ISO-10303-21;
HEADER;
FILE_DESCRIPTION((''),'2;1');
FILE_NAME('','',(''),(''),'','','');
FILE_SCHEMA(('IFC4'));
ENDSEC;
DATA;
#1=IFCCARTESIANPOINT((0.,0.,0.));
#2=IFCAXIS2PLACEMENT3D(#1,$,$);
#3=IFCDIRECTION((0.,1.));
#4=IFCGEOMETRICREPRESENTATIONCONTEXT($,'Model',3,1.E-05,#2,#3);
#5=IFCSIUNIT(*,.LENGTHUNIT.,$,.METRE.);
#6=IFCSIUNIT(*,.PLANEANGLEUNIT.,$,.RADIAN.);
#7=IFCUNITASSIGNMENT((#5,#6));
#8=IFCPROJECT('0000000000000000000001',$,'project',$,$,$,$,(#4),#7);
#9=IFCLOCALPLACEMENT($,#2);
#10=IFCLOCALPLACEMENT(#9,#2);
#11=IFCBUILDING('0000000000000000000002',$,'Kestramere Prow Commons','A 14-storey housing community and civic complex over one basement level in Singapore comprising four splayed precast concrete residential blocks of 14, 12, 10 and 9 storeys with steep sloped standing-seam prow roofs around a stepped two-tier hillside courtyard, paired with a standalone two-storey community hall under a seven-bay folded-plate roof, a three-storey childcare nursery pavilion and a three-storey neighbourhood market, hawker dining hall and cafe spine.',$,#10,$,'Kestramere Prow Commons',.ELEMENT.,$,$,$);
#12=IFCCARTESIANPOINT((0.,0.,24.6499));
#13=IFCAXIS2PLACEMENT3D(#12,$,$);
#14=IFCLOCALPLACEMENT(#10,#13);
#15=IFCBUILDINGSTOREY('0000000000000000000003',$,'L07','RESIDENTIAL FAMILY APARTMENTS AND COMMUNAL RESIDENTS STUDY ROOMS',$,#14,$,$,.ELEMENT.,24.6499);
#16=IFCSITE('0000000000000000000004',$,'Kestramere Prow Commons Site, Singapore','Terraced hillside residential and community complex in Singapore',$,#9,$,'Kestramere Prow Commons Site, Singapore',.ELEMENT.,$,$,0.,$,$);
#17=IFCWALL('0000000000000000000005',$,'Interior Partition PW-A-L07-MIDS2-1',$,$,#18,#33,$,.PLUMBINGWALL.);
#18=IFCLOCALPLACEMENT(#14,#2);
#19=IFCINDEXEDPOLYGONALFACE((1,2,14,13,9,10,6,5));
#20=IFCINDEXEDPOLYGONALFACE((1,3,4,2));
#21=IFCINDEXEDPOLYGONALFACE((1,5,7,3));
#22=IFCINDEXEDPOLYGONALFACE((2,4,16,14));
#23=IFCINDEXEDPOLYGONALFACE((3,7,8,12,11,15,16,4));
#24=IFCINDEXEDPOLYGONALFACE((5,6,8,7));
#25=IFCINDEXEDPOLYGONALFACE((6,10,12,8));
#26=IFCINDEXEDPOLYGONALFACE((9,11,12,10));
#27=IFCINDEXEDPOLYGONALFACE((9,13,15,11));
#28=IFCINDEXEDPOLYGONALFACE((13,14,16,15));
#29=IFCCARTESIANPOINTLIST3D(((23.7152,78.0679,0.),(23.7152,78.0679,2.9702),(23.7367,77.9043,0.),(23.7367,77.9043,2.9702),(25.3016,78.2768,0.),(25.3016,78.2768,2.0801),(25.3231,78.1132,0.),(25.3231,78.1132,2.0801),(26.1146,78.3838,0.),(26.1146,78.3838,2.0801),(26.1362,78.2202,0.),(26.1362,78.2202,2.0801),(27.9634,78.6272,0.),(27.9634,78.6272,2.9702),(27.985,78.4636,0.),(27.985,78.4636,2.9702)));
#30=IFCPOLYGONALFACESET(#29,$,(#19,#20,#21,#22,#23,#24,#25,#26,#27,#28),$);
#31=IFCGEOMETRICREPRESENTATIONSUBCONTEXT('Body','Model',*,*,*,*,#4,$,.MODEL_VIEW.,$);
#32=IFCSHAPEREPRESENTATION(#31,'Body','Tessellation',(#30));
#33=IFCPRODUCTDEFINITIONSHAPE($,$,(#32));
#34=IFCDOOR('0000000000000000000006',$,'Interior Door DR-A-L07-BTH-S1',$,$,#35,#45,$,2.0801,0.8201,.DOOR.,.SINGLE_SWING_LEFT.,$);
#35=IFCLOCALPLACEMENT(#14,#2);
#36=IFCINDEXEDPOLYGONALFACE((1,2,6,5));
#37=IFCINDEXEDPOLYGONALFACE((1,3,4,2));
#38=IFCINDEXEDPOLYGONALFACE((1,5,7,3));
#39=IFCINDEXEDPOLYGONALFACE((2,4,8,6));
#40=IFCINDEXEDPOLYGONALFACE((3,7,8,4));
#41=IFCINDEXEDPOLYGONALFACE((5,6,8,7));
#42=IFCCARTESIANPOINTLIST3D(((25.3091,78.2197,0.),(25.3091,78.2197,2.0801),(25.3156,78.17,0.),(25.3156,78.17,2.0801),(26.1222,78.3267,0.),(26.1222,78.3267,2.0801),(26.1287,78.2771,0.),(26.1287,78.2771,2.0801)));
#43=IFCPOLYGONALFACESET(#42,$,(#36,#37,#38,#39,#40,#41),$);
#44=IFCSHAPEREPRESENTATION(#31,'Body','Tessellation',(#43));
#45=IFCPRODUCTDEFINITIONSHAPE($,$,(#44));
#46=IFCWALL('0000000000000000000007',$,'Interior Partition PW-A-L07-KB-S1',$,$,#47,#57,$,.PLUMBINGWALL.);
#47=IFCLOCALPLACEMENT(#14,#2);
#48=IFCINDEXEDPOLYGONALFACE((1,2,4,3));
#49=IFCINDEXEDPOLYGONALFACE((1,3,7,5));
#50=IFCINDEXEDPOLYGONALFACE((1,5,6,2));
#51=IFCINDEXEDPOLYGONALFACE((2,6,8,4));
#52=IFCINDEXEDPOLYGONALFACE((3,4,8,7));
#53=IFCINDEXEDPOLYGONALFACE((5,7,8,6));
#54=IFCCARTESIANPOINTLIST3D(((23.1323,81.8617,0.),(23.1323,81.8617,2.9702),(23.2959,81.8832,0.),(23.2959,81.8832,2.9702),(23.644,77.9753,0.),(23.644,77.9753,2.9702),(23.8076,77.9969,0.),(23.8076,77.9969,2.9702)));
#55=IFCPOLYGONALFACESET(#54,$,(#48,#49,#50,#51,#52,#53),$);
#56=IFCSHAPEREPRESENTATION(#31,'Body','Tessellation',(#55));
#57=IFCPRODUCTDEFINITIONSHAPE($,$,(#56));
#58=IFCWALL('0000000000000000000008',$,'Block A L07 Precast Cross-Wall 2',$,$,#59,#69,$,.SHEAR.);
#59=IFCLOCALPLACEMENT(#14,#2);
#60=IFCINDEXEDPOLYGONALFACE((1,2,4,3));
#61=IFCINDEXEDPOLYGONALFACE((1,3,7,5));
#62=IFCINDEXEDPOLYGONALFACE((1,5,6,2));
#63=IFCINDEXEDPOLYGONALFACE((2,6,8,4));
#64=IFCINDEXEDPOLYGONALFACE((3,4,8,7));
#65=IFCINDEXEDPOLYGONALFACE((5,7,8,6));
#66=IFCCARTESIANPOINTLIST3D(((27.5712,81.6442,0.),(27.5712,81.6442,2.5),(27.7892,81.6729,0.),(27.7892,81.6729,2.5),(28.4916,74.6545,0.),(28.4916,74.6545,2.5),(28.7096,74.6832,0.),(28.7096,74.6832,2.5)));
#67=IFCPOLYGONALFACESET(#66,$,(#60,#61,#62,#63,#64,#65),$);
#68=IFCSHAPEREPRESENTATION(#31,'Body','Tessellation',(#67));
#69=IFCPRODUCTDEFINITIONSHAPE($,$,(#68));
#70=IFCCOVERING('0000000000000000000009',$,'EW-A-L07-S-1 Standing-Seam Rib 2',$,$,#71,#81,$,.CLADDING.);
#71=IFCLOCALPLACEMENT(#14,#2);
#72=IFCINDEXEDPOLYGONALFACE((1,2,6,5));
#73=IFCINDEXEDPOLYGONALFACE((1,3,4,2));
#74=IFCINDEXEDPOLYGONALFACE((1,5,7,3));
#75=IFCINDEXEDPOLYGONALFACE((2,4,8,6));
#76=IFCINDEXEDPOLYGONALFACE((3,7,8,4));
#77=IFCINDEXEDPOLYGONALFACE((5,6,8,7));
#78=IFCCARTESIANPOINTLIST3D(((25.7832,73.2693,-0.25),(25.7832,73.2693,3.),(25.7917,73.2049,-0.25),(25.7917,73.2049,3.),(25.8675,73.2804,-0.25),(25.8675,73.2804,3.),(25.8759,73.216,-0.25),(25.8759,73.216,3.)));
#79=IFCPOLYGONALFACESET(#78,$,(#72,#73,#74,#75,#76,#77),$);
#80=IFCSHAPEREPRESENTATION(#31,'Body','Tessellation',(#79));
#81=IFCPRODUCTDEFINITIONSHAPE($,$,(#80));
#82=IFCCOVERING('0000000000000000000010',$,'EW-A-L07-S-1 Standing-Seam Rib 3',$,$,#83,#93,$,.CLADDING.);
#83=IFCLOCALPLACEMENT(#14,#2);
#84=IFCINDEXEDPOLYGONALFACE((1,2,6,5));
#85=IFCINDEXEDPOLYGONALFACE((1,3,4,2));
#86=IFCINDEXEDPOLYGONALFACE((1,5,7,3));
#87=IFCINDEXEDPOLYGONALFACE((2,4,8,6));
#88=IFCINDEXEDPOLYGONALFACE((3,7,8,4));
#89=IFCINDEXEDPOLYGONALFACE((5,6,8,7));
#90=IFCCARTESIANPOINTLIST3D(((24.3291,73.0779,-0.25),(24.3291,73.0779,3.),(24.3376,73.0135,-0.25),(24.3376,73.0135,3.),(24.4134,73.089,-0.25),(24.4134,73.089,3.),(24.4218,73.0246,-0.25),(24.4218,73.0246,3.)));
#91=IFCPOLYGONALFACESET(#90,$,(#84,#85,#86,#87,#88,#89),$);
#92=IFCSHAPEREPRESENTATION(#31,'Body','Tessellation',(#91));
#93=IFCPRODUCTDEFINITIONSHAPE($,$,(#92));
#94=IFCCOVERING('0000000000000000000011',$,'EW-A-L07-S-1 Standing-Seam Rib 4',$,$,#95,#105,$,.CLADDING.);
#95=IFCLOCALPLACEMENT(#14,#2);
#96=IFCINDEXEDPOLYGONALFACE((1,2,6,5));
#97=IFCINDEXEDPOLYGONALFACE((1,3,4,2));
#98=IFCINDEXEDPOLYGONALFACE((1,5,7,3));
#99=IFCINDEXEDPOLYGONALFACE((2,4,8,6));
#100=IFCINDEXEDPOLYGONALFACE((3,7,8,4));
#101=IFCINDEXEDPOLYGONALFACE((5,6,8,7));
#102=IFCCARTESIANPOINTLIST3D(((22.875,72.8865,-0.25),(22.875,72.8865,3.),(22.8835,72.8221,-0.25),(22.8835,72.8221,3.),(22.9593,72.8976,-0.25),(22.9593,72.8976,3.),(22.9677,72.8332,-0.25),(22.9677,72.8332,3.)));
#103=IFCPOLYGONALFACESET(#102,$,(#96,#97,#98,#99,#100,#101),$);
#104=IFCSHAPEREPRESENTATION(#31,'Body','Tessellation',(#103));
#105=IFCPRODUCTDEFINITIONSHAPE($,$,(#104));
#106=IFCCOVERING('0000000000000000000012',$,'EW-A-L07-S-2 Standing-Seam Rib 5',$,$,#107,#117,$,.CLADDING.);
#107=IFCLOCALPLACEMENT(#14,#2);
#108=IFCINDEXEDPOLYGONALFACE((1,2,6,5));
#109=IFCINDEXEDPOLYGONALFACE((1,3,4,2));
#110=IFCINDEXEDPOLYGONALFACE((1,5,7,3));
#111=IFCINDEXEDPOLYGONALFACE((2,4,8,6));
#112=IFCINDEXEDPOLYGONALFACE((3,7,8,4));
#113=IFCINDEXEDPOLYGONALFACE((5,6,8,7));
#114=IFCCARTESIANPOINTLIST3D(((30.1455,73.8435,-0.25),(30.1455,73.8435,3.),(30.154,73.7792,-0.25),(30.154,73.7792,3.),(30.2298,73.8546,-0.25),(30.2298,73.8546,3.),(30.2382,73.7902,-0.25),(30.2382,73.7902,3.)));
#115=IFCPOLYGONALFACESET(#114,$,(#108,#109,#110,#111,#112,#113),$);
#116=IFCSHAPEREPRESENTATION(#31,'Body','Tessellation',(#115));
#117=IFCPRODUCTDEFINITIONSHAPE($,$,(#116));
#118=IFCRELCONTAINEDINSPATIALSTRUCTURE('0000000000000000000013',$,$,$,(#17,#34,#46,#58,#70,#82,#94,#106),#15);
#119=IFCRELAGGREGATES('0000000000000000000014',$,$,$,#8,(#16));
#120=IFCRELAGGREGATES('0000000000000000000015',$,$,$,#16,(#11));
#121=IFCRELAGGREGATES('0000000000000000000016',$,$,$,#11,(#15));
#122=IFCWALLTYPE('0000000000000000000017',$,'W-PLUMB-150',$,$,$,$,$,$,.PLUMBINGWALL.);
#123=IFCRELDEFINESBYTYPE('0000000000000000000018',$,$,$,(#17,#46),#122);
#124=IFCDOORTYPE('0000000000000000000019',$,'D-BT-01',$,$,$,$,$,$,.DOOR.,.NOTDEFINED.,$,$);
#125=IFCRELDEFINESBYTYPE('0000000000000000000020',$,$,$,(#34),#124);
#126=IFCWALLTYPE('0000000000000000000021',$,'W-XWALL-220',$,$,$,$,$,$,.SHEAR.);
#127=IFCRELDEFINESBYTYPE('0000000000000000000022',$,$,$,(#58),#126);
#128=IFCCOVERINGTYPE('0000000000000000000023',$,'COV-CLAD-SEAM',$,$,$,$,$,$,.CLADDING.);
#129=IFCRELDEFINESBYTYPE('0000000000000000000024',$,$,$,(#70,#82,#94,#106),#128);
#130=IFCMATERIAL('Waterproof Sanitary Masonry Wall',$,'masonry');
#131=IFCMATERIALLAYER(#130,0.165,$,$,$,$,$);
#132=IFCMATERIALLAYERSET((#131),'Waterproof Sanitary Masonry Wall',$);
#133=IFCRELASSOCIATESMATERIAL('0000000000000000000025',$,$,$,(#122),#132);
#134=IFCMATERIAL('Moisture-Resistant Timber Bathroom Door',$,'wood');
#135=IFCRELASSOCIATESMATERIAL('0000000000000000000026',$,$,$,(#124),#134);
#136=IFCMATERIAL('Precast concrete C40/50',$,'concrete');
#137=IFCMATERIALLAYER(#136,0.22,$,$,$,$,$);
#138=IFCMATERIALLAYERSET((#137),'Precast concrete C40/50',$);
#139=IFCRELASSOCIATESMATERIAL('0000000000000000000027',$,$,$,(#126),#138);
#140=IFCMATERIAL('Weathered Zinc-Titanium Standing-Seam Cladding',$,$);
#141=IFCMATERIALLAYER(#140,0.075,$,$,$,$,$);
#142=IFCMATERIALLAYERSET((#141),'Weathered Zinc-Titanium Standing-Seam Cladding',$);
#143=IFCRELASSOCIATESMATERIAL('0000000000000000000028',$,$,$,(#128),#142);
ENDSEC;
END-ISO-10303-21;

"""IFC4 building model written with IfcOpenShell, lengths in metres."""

from ifc_helpers import new_model, si_unit, direction, frame, frame_2d, origin, origin_2d, place, context, subcontext, project, spatial, rectangle, extrude, material, layer, layer_set, type_object, element, fill, save


model = new_model("IFC4")

# Units and contexts
model_context = context("Model", 3, precision=1e-05, world=origin(), true_north=direction((0.0, 1.0)))
body_context = subcontext(model_context, "Body", "Model", "MODEL_VIEW")
ifc_project = project(units=[si_unit("LENGTHUNIT", "METRE"), si_unit("PLANEANGLEUNIT", "RADIAN")], contexts=[model_context])

# Site, building, storey
site_placement = place(None, origin())
site = spatial("IfcSite", under=ifc_project, at=site_placement, Name="Kestramere Prow Commons Site, Singapore", Description="Terraced hillside residential and community complex in Singapore", LongName="Kestramere Prow Commons Site, Singapore", CompositionType="ELEMENT", RefElevation=0.0)
building_placement = place(site_placement, origin())
building = spatial("IfcBuilding", under=site, at=building_placement, Name="Kestramere Prow Commons", Description="A 14-storey housing community and civic complex over one basement level in Singapore comprising four splayed precast concrete residential blocks of 14, 12, 10 and 9 storeys with steep sloped standing-seam prow roofs around a stepped two-tier hillside courtyard, paired with a standalone two-storey community hall under a seven-bay folded-plate roof, a three-storey childcare nursery pavilion and a three-storey neighbourhood market, hawker dining hall and cafe spine.", LongName="Kestramere Prow Commons", CompositionType="ELEMENT")
storey_placement = place(building_placement, frame((0.0, 0.0, 24.6499)))
storey = spatial("IfcBuildingStorey", under=building, at=storey_placement, Name="L07", Description="RESIDENTIAL FAMILY APARTMENTS AND COMMUNAL RESIDENTS STUDY ROOMS", CompositionType="ELEMENT", Elevation=24.6499)

# Shared definitions
ifc_material_1 = material(Name="Precast concrete C40/50", Category="concrete")

# Wall, opening, door
ifc_material_2 = material(Name="Waterproof Sanitary Masonry Wall", Category="masonry")
ifc_layer_1 = layer(ifc_material_2, 0.165)
ifc_layer_set_1 = layer_set([ifc_layer_1], Name="Waterproof Sanitary Masonry Wall")
wall_type_1 = type_object("IfcWallType", Name="W-PLUMB-150", PredefinedType="PLUMBINGWALL", material=ifc_layer_set_1)
wall_1_placement = place(storey_placement, frame((23.7258, 77.9861, 0.0), z_axis=(0.0, 0.0, 1.0), x_axis=(0.991444, 0.130533, 0.0)))
wall_1 = element("IfcWall", 1, at=wall_1_placement, inside=storey, type_object=wall_type_1, Name="Interior Partition PW-A-L07-MIDS2-1", PredefinedType="PLUMBINGWALL", context=body_context, shape_type="SweptSolid", body=[
    extrude(rectangle(XDim=4.2849, YDim=0.165, at=frame_2d((2.1426, 0.0))), origin(), (0.0, 0.0, 1.0), 2.9702),
])
opening_1_placement = place(wall_1_placement, frame((1.6001, 0.0, 0.0)))
opening_1 = element("IfcOpeningElement", 2, at=opening_1_placement, cuts=wall_1, PredefinedType="OPENING", context=body_context, shape_type="SweptSolid", body=[
    extrude(rectangle(XDim=0.8201, YDim=2.0801, at=frame_2d((0.4102, 1.04))), frame((0.0, 0.0974, 0.0), z_axis=(0.0, -1.0, 0.0), x_axis=(1.0, 0.0, 0.0)), (0.0, 0.0, 1.0), 0.1951),
])
ifc_material_3 = material(Name="Moisture-Resistant Timber Bathroom Door", Category="wood")
door_type_1 = type_object("IfcDoorType", Name="D-BT-01", OperationType="NOTDEFINED", PredefinedType="DOOR", material=ifc_material_3)
door_1_placement = place(opening_1_placement, origin())
door_1 = element("IfcDoor", 3, at=door_1_placement, inside=storey, type_object=door_type_1, Name="Interior Door DR-A-L07-BTH-S1", OperationType="SINGLE_SWING_LEFT", OverallHeight=2.0801, OverallWidth=0.8201, PredefinedType="DOOR", context=body_context, shape_type="SweptSolid", body=[
    extrude(rectangle(XDim=0.8201, YDim=2.0801, at=frame_2d((0.4102, 1.04))), frame((0.0, 0.0249, 0.0), z_axis=(0.0, -1.0, 0.0), x_axis=(1.0, 0.0, 0.0)), (0.0, 0.0, 1.0), 0.05),
])
fill(opening_1, door_1)

# Walls
wall_2_placement = place(storey_placement, frame((23.7258, 77.9861, 0.0), z_axis=(0.0, 0.0, 1.0), x_axis=(-0.13054, 0.991443, 0.0)))
element("IfcWall", 4, at=wall_2_placement, inside=storey, type_object=wall_type_1, Name="Interior Partition PW-A-L07-KB-S1", PredefinedType="PLUMBINGWALL", context=body_context, shape_type="SweptSolid", body=[
    extrude(rectangle(XDim=3.9199, YDim=0.165, at=frame_2d((1.96, 0.0))), origin(), (0.0, 0.0, 1.0), 2.9702),
])
ifc_layer_2 = layer(ifc_material_1, 0.22)
ifc_layer_set_2 = layer_set([ifc_layer_2], Name="Precast concrete C40/50")
wall_type_2 = type_object("IfcWallType", Name="W-XWALL-220", PredefinedType="SHEAR", material=ifc_layer_set_2)
wall_3_placement = place(storey_placement, frame((28.6006, 74.6689, 0.0), z_axis=(0.0, 0.0, 1.0), x_axis=(-0.130553, 0.991441, 0.0)))
element("IfcWall", 5, at=wall_3_placement, inside=storey, type_object=wall_type_2, Name="Block A L07 Precast Cross-Wall 2", PredefinedType="SHEAR", context=body_context, shape_type="SweptSolid", body=[
    extrude(rectangle(XDim=7.05, YDim=0.22, at=frame_2d((3.5249, 0.0))), origin(), (0.0, 0.0, 1.0), 2.5),
])

# Coverings
ifc_material_4 = material(Name="Weathered Zinc-Titanium Standing-Seam Cladding")
ifc_layer_3 = layer(ifc_material_4, 0.075)
ifc_layer_set_3 = layer_set([ifc_layer_3], Name="Weathered Zinc-Titanium Standing-Seam Cladding")
covering_type = type_object("IfcCoveringType", Name="COV-CLAD-SEAM", PredefinedType="CLADDING", material=ifc_layer_set_3)
for number, where, z_axis, x_axis, name in (
    (6, (25.8296, 73.2427, -0.25), (0.0, 0.0, 1.0), (-0.991445, -0.130526, 0.0), "EW-A-L07-S-1 Standing-Seam Rib 2"),
    (7, (24.3755, 73.0513, -0.25), (0.0, 0.0, 1.0), (-0.991445, -0.130526, 0.0), "EW-A-L07-S-1 Standing-Seam Rib 3"),
    (8, (22.9214, 72.8599, -0.25), (0.0, 0.0, 1.0), (-0.991445, -0.130526, 0.0), "EW-A-L07-S-1 Standing-Seam Rib 4"),
    (9, (30.1919, 73.8169, -0.25), (0.0, 0.0, 1.0), (-0.991445, -0.130526, 0.0), "EW-A-L07-S-2 Standing-Seam Rib 5"),
):
    element("IfcCovering", number, at=place(storey_placement, frame(where, z_axis=z_axis, x_axis=x_axis)), inside=storey, type_object=covering_type, Name=name, PredefinedType="CLADDING", context=body_context, shape_type="SweptSolid", body=[
        extrude(rectangle(XDim=0.085, YDim=0.0649, at=origin_2d()), origin(), (0.0, 0.0, 1.0), 3.25),
    ])

save(model, "model.ifc")
